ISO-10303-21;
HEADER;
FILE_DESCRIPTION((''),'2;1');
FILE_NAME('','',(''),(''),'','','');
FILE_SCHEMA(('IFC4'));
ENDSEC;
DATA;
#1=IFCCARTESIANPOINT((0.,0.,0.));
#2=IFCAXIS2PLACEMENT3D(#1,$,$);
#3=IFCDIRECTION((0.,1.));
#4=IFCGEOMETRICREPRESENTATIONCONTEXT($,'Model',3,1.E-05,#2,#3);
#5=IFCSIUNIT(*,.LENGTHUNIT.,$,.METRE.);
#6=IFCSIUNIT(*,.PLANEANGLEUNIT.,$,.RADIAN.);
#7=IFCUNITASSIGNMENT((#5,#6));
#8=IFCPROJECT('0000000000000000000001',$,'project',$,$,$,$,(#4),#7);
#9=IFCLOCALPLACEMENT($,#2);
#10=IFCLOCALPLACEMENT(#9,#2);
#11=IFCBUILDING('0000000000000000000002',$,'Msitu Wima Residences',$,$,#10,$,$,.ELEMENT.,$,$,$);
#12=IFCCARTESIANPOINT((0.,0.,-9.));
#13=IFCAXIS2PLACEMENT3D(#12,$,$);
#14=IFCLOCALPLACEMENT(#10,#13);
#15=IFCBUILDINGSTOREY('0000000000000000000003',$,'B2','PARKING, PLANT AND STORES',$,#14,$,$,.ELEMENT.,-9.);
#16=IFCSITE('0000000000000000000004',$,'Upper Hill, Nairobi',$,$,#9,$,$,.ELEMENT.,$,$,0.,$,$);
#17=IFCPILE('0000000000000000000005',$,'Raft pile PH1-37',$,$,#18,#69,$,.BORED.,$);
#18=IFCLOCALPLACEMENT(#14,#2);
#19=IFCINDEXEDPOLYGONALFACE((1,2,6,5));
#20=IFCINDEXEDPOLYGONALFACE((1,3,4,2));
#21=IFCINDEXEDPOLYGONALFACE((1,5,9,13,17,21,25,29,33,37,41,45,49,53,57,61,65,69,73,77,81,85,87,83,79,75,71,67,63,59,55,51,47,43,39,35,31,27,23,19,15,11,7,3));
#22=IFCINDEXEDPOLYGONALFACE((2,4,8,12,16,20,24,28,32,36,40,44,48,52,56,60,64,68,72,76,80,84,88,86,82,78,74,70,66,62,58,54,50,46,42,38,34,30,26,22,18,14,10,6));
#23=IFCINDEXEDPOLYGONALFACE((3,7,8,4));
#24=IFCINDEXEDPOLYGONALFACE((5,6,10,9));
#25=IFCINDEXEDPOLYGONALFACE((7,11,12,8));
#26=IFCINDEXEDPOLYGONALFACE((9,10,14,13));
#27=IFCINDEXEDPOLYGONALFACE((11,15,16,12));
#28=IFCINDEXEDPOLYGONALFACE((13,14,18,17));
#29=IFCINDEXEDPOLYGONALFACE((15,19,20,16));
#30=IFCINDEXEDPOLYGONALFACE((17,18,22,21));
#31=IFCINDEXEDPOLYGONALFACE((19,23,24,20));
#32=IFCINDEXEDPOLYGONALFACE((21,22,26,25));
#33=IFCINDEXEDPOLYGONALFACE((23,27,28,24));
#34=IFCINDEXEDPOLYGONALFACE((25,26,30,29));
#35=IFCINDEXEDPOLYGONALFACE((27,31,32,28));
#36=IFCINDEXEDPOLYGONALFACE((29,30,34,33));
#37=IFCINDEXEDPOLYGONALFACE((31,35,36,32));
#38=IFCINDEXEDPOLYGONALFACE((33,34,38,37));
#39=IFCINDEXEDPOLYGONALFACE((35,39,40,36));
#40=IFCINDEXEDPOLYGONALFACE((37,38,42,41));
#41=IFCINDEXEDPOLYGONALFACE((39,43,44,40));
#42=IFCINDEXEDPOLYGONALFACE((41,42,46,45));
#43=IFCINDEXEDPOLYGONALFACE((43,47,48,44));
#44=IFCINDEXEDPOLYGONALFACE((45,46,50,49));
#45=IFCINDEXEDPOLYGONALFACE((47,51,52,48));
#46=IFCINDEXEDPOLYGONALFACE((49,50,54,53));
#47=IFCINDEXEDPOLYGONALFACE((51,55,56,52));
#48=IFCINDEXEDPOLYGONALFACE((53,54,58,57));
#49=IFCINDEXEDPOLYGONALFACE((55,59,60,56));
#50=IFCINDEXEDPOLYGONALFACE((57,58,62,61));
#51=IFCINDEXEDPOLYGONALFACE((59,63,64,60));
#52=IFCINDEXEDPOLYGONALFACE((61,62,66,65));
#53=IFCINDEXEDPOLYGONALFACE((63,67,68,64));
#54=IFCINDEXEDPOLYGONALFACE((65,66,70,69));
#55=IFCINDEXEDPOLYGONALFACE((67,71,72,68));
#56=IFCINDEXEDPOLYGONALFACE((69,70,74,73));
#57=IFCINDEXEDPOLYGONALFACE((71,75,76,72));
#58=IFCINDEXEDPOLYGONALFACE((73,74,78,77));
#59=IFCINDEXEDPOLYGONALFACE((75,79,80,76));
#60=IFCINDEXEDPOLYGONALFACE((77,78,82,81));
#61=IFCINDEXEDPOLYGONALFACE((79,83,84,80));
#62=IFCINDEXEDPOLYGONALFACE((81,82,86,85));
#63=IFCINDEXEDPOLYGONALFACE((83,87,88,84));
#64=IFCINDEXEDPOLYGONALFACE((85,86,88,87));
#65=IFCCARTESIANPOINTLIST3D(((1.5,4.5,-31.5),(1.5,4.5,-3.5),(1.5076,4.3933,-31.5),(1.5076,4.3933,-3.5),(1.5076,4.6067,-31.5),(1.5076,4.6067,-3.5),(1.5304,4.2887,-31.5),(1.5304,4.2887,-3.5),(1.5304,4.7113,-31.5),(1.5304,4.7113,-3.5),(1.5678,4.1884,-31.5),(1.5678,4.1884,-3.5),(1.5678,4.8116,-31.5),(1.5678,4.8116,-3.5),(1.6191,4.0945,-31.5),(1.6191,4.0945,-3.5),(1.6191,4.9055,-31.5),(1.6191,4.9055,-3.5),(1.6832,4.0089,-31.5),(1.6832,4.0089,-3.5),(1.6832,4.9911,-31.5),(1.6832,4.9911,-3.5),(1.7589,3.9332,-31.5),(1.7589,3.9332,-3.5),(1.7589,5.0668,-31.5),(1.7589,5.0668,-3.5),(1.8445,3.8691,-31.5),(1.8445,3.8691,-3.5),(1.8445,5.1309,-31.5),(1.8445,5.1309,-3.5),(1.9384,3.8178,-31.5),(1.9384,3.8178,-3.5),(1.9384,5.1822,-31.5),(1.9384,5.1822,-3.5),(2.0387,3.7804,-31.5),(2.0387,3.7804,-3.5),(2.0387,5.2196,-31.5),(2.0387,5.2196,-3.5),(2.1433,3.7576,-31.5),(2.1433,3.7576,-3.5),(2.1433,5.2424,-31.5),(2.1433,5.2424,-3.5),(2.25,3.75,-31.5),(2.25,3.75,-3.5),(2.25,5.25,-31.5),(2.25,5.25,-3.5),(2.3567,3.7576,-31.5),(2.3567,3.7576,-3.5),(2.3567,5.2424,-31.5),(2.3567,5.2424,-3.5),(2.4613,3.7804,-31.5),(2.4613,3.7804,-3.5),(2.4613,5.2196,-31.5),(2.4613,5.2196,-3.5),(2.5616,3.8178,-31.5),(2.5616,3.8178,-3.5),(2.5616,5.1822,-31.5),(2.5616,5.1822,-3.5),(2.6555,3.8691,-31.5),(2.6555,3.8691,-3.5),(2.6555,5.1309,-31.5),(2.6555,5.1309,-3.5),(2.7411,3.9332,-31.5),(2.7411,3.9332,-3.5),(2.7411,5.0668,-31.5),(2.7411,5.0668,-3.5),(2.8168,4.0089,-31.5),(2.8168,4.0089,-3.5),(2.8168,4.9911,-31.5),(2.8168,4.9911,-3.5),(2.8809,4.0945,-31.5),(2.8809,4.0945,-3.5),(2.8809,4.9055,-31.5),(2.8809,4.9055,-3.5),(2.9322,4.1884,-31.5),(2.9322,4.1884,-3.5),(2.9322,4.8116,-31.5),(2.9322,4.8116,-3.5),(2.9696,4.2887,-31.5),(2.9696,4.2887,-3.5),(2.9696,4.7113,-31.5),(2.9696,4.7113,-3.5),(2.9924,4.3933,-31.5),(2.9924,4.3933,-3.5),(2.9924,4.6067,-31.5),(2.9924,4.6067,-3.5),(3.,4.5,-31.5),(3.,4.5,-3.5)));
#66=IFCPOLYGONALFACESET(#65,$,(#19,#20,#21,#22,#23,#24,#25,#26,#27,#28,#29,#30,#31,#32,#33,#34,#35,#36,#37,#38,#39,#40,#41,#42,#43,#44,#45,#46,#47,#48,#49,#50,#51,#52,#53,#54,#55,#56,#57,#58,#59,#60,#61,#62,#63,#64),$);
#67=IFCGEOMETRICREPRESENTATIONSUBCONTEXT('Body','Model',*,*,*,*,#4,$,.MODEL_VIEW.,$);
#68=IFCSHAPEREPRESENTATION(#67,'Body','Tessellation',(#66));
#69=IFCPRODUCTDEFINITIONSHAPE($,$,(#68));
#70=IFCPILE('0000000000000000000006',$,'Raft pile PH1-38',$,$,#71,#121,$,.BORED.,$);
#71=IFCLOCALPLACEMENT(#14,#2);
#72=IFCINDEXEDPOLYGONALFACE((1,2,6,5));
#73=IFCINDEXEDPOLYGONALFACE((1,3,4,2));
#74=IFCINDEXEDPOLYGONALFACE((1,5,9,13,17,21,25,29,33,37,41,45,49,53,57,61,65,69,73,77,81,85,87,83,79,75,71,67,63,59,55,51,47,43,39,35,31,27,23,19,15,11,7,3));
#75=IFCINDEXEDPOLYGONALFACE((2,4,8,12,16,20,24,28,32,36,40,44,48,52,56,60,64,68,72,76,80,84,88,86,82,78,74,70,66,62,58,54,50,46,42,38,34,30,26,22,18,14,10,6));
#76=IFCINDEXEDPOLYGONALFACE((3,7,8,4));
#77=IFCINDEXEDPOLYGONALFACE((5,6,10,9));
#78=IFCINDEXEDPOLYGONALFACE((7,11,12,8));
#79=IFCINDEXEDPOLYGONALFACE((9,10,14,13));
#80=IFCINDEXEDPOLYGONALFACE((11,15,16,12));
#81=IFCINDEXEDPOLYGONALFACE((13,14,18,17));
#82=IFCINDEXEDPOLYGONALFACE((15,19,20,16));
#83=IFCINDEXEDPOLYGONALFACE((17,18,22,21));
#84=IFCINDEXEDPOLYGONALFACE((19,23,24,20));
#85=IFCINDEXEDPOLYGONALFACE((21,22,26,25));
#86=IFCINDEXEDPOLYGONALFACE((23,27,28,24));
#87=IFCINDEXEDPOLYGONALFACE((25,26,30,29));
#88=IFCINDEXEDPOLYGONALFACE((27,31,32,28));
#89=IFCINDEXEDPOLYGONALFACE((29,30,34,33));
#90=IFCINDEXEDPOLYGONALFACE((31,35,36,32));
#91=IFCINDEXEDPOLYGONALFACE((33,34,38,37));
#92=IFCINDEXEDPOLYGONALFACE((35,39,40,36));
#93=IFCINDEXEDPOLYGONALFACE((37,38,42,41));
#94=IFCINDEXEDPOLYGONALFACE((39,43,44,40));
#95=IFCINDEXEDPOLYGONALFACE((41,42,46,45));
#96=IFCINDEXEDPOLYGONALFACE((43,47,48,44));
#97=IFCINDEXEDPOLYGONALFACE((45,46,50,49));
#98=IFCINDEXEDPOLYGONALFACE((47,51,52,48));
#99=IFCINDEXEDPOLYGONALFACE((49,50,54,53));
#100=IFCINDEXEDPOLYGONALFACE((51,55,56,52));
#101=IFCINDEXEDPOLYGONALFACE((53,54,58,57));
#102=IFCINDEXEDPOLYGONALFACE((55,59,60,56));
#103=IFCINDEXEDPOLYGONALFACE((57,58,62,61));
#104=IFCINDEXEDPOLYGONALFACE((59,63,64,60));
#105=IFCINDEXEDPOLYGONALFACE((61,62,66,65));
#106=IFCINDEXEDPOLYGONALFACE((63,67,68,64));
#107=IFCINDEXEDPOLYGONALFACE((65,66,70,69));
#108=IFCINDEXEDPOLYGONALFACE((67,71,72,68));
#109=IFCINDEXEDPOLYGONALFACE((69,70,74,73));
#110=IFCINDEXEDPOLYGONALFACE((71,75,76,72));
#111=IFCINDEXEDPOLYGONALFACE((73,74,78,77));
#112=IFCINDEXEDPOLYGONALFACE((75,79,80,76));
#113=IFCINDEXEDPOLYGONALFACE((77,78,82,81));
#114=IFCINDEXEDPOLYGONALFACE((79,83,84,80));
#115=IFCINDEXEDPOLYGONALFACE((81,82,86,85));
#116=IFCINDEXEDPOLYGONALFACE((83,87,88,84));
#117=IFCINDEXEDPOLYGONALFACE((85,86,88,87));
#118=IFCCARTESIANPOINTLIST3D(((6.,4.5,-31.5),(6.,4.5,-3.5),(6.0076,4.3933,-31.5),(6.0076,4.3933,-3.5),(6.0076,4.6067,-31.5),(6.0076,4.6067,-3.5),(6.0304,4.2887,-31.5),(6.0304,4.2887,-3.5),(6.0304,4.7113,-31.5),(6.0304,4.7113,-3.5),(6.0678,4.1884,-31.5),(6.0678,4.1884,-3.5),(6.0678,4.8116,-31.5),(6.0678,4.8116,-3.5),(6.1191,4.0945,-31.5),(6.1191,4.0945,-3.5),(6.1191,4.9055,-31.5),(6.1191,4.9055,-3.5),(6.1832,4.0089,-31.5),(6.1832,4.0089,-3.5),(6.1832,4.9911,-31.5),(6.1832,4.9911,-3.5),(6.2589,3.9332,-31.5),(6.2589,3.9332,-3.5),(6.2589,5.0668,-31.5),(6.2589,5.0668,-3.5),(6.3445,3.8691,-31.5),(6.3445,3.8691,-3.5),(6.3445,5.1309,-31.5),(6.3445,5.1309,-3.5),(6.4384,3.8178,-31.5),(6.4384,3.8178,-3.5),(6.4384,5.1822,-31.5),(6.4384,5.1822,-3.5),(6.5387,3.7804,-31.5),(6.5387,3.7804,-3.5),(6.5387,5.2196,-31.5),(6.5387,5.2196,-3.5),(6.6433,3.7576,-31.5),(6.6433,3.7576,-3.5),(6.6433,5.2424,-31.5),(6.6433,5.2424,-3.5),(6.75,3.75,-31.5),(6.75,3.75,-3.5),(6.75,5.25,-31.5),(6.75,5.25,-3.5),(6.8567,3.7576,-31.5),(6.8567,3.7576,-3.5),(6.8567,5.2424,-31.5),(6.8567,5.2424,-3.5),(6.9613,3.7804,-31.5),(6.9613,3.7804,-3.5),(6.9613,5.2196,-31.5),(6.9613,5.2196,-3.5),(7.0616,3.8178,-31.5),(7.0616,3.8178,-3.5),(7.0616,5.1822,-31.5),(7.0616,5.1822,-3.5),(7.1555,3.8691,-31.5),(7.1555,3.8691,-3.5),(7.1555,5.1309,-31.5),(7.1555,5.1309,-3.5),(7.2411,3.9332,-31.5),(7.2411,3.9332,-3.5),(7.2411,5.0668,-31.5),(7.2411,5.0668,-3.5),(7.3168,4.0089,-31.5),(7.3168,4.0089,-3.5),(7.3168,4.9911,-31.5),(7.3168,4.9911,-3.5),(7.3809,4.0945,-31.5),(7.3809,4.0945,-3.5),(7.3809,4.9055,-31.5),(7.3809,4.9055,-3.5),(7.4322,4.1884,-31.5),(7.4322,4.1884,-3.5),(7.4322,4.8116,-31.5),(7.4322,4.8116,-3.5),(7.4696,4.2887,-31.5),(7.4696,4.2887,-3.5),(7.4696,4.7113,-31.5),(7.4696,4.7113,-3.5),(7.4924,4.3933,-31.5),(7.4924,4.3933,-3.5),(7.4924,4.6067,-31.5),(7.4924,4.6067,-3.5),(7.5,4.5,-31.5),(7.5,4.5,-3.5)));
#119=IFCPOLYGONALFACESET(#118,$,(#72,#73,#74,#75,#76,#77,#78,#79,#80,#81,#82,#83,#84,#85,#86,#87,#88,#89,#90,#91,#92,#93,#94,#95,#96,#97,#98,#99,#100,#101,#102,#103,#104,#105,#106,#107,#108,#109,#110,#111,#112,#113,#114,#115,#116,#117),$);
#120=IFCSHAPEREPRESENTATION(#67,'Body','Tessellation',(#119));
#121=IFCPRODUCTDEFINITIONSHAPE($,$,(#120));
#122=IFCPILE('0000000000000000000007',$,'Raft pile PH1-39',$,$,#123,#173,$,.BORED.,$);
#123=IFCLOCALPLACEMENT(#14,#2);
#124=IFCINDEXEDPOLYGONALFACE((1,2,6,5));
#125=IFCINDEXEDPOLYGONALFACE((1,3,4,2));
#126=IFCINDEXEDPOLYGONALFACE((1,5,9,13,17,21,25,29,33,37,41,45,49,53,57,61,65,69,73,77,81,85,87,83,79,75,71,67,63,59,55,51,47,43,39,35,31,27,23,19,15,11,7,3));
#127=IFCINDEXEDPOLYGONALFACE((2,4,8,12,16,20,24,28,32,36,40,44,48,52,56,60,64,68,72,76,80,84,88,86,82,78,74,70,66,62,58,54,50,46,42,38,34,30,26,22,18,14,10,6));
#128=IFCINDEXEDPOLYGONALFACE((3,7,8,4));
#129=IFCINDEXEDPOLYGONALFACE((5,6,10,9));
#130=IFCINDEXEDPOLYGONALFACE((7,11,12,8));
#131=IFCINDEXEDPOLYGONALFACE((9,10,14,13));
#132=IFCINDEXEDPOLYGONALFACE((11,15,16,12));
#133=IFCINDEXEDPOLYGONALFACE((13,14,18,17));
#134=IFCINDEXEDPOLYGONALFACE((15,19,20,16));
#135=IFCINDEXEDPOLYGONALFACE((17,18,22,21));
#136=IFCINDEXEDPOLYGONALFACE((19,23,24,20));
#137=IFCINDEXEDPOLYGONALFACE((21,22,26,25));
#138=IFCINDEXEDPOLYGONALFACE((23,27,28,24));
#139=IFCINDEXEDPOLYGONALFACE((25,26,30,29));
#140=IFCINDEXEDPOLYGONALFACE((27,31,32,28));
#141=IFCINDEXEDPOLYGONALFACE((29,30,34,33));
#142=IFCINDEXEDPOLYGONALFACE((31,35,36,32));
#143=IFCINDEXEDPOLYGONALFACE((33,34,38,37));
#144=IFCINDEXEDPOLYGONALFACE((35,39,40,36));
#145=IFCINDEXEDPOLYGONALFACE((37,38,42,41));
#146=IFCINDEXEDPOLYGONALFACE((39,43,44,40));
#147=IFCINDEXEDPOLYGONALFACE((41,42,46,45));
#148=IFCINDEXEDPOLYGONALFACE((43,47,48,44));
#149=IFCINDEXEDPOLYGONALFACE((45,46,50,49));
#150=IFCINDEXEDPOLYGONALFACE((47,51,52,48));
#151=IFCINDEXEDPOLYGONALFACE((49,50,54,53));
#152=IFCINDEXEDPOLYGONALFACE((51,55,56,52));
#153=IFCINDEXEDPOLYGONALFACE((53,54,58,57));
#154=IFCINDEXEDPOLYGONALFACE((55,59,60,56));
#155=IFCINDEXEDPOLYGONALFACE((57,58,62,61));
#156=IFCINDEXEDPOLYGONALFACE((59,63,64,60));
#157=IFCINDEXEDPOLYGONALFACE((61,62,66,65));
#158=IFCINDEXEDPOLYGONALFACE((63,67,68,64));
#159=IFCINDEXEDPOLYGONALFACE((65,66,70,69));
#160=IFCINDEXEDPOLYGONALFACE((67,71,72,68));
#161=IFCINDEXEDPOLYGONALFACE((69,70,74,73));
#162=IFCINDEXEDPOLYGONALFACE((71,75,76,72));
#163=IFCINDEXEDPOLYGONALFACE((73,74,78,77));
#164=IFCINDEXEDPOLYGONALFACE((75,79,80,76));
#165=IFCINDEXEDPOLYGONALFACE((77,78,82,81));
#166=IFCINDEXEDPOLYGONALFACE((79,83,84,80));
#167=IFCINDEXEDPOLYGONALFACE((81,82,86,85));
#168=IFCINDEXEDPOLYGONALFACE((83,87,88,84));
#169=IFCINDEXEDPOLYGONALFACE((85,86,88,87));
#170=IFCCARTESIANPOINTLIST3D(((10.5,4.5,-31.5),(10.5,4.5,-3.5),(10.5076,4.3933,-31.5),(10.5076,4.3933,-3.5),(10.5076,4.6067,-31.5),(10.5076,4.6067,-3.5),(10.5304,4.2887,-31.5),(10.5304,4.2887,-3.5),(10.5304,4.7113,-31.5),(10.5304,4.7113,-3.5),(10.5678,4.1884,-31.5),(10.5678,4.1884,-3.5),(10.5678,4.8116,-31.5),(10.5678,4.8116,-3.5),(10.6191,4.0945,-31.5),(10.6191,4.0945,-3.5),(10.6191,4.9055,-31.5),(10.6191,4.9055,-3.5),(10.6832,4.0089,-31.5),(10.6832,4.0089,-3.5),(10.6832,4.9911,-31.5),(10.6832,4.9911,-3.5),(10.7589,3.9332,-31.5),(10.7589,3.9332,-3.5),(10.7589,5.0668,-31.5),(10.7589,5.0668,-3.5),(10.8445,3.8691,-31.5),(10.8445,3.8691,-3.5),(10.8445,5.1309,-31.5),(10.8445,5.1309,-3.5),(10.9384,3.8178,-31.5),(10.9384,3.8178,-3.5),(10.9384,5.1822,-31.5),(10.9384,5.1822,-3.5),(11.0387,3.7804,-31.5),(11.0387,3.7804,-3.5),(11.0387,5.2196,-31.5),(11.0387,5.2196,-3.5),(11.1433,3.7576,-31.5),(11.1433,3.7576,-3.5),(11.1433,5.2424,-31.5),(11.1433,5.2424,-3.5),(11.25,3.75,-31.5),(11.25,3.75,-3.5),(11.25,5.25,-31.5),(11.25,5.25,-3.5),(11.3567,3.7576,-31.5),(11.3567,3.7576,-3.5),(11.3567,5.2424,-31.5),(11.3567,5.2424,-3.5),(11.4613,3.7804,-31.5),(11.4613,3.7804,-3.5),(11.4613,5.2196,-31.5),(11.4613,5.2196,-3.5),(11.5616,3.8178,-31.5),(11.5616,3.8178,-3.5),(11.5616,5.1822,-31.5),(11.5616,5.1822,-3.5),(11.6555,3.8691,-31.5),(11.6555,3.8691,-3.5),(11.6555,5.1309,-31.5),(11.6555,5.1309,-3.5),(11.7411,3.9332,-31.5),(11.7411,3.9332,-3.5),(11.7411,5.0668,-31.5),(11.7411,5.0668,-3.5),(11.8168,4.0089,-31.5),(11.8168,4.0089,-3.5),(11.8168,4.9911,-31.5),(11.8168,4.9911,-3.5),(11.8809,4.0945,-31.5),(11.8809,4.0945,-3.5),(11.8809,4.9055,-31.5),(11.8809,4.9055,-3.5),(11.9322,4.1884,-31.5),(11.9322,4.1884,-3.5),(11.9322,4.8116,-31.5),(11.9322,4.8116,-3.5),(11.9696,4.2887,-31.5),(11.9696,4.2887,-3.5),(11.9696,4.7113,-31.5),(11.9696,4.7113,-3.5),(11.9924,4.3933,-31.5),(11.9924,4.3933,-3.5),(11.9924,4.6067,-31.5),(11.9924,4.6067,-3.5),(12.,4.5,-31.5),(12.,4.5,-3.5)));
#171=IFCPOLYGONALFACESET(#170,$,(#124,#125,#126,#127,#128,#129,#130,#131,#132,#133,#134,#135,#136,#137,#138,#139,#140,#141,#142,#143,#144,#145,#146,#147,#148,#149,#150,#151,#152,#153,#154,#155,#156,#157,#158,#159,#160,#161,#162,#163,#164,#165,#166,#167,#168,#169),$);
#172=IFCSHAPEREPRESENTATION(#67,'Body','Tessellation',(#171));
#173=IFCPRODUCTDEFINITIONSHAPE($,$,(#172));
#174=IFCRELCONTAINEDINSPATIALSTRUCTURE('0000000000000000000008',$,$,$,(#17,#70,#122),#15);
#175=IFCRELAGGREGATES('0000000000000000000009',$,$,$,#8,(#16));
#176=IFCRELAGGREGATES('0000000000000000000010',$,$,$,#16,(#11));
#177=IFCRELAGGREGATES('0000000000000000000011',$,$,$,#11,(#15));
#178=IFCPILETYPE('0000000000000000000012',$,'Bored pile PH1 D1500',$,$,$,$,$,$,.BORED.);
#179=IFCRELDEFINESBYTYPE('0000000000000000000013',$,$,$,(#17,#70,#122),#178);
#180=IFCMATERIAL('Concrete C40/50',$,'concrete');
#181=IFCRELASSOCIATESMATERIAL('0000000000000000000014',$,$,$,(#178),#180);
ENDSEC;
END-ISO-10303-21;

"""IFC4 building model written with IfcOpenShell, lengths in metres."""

from ifc_helpers import new_model, si_unit, direction, frame, origin, origin_2d, place, context, subcontext, project, spatial, circle, extrude, material, type_object, element, save


model = new_model("IFC4")

# Units and contexts
model_context = context("Model", 3, precision=1e-05, world=origin(), true_north=direction((0.0, 1.0)))
body_context = subcontext(model_context, "Body", "Model", "MODEL_VIEW")
ifc_project = project(units=[si_unit("LENGTHUNIT", "METRE"), si_unit("PLANEANGLEUNIT", "RADIAN")], contexts=[model_context])

# Site, building, storey
site_placement = place(None, origin())
site = spatial("IfcSite", under=ifc_project, at=site_placement, Name="Upper Hill, Nairobi", CompositionType="ELEMENT", RefElevation=0.0)
building_placement = place(site_placement, origin())
building = spatial("IfcBuilding", under=site, at=building_placement, Name="Msitu Wima Residences", CompositionType="ELEMENT")
storey_placement = place(building_placement, frame((0.0, 0.0, -9.0)))
storey = spatial("IfcBuildingStorey", under=building, at=storey_placement, Name="B2", Description="PARKING, PLANT AND STORES", CompositionType="ELEMENT", Elevation=-9.0)

# Piles
ifc_material_1 = material(Name="Concrete C40/50", Category="concrete")
pile_type = type_object("IfcPileType", Name="Bored pile PH1 D1500", PredefinedType="BORED", material=ifc_material_1)
for number, where, z_axis, x_axis, name in (
    (1, (2.25, 4.5, -3.5), (0.0, 0.0, -1.0), (1.0, 0.0, 0.0), "Raft pile PH1-37"),
    (2, (6.75, 4.5, -3.5), (0.0, 0.0, -1.0), (1.0, 0.0, 0.0), "Raft pile PH1-38"),
    (3, (11.25, 4.5, -3.5), (0.0, 0.0, -1.0), (1.0, 0.0, 0.0), "Raft pile PH1-39"),
):
    element("IfcPile", number, at=place(storey_placement, frame(where, z_axis=z_axis, x_axis=x_axis)), inside=storey, type_object=pile_type, Name=name, PredefinedType="BORED", context=body_context, shape_type="SweptSolid", body=[
        extrude(circle(Radius=0.75, at=origin_2d()), origin(), (0.0, 0.0, 1.0), 28.0),
    ])

save(model, "model.ifc")
